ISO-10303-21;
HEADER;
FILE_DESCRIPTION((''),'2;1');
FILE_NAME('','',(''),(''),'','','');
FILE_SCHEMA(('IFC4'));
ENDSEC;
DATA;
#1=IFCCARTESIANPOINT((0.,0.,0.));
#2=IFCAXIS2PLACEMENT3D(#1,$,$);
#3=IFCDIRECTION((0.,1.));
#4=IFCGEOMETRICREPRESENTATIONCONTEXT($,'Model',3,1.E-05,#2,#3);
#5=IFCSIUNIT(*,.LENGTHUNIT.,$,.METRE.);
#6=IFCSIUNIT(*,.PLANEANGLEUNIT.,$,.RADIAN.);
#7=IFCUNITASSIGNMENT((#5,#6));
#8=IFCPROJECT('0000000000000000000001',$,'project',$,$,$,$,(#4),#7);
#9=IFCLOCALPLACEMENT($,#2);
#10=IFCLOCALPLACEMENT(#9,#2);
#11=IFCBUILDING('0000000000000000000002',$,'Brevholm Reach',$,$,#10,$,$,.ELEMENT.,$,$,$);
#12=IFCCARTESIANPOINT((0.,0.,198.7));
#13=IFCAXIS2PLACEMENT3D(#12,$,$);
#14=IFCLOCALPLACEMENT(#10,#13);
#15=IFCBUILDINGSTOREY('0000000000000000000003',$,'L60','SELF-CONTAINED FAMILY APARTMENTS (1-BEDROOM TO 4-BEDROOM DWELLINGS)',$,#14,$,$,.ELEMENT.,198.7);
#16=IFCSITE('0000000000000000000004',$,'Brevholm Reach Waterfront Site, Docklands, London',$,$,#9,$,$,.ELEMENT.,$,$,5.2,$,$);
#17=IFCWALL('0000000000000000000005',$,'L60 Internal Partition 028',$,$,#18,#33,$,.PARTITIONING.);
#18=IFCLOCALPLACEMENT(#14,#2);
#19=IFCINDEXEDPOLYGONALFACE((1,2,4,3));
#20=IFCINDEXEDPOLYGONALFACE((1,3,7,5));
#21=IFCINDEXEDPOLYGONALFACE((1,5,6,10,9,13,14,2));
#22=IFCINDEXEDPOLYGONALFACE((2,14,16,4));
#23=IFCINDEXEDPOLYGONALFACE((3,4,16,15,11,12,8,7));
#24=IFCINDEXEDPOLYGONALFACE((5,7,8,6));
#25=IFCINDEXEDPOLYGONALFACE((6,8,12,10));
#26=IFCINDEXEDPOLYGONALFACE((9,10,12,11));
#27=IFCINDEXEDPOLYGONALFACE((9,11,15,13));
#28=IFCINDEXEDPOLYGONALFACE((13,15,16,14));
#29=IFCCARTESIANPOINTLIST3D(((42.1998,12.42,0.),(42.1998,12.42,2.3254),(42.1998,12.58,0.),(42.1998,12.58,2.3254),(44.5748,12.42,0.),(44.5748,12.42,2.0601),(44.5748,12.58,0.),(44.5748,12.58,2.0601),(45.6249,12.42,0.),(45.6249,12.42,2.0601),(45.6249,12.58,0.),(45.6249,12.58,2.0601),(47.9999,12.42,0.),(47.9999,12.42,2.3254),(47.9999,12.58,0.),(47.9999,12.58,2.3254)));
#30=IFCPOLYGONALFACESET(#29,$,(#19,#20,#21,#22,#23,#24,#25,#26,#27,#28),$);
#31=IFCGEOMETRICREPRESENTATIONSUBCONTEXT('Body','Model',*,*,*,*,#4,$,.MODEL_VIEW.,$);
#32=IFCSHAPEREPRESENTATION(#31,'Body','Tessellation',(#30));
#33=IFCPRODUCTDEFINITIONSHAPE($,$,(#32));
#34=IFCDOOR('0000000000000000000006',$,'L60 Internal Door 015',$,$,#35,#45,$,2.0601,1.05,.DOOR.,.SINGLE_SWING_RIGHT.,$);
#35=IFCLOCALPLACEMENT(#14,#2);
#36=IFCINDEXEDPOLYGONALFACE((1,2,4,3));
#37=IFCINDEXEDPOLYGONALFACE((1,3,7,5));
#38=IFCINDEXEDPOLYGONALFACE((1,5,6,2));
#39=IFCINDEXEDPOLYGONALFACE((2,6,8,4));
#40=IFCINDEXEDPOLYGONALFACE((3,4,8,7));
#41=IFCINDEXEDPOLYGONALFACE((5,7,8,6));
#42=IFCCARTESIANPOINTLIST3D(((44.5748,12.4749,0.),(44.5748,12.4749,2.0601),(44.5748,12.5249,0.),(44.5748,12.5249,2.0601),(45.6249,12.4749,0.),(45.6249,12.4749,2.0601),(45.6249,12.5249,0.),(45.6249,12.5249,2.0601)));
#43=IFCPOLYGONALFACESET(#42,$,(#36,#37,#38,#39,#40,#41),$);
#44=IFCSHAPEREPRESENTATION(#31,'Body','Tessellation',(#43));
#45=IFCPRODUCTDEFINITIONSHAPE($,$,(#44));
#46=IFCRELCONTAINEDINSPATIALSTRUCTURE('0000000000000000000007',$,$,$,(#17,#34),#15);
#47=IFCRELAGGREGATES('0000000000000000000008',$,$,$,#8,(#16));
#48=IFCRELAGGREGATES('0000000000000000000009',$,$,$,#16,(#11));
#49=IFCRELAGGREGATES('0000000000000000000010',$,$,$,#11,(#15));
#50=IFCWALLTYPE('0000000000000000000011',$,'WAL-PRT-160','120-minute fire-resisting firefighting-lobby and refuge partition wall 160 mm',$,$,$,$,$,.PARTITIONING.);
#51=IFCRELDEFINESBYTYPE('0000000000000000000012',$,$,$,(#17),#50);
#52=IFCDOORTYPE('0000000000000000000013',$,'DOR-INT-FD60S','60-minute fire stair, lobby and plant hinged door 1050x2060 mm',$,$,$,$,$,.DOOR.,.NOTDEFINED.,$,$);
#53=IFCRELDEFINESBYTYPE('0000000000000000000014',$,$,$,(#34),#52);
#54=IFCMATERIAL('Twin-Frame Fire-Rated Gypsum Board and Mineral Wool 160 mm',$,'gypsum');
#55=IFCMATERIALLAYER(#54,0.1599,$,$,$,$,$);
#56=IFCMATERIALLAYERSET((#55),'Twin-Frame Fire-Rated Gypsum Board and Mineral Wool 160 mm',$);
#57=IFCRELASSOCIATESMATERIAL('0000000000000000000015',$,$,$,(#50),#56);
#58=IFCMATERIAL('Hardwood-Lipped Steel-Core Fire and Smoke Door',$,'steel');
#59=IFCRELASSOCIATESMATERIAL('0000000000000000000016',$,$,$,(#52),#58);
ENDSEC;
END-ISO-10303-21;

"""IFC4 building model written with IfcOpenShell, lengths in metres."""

from ifc_helpers import new_model, si_unit, direction, frame, frame_2d, origin, place, context, subcontext, project, spatial, rectangle, extrude, material, layer, layer_set, type_object, element, fill, save


model = new_model("IFC4")

# Units and contexts
model_context = context("Model", 3, precision=1e-05, world=origin(), true_north=direction((0.0, 1.0)))
body_context = subcontext(model_context, "Body", "Model", "MODEL_VIEW")
ifc_project = project(units=[si_unit("LENGTHUNIT", "METRE"), si_unit("PLANEANGLEUNIT", "RADIAN")], contexts=[model_context])

# Site, building, storey
site_placement = place(None, origin())
site = spatial("IfcSite", under=ifc_project, at=site_placement, Name="Brevholm Reach Waterfront Site, Docklands, London", CompositionType="ELEMENT", RefElevation=5.2)
building_placement = place(site_placement, origin())
building = spatial("IfcBuilding", under=site, at=building_placement, Name="Brevholm Reach", CompositionType="ELEMENT")
storey_placement = place(building_placement, frame((0.0, 0.0, 198.7)))
storey = spatial("IfcBuildingStorey", under=building, at=storey_placement, Name="L60", Description="SELF-CONTAINED FAMILY APARTMENTS (1-BEDROOM TO 4-BEDROOM DWELLINGS)", CompositionType="ELEMENT", Elevation=198.7)

# Wall, opening, door
ifc_material_1 = material(Name="Twin-Frame Fire-Rated Gypsum Board and Mineral Wool 160 mm", Category="gypsum")
ifc_layer_1 = layer(ifc_material_1, 0.1599)
ifc_layer_set_1 = layer_set([ifc_layer_1], Name="Twin-Frame Fire-Rated Gypsum Board and Mineral Wool 160 mm")
wall_type_1 = type_object("IfcWallType", Name="WAL-PRT-160", Description="120-minute fire-resisting firefighting-lobby and refuge partition wall 160 mm", PredefinedType="PARTITIONING", material=ifc_layer_set_1)
wall_1_placement = place(storey_placement, frame((42.2, 12.5, 0.0), z_axis=(0.0, 0.0, 1.0), x_axis=(1.0, 0.0, 0.0)))
wall_1 = element("IfcWall", 1, at=wall_1_placement, inside=storey, type_object=wall_type_1, Name="L60 Internal Partition 028", PredefinedType="PARTITIONING", context=body_context, shape_type="SweptSolid", body=[
    extrude(rectangle(XDim=5.8, YDim=0.1599, at=frame_2d((2.8999, 0.0))), origin(), (0.0, 0.0, 1.0), 2.3254),
])
opening_1_placement = place(wall_1_placement, frame((2.375, 0.0, 0.0)))
opening_1 = element("IfcOpeningElement", 2, at=opening_1_placement, cuts=wall_1, PredefinedType="OPENING", context=body_context, shape_type="SweptSolid", body=[
    extrude(rectangle(XDim=1.05, YDim=2.0601, at=frame_2d((0.5249, 1.03))), frame((0.0, 0.0898, 0.0), z_axis=(0.0, -1.0, 0.0), x_axis=(1.0, 0.0, 0.0)), (0.0, 0.0, 1.0), 0.1799),
])
ifc_material_2 = material(Name="Hardwood-Lipped Steel-Core Fire and Smoke Door", Category="steel")
door_type_1 = type_object("IfcDoorType", Name="DOR-INT-FD60S", Description="60-minute fire stair, lobby and plant hinged door 1050x2060 mm", OperationType="NOTDEFINED", PredefinedType="DOOR", material=ifc_material_2)
door_1_placement = place(opening_1_placement, origin())
door_1 = element("IfcDoor", 3, at=door_1_placement, inside=storey, type_object=door_type_1, Name="L60 Internal Door 015", OperationType="SINGLE_SWING_RIGHT", OverallHeight=2.0601, OverallWidth=1.05, PredefinedType="DOOR", context=body_context, shape_type="SweptSolid", body=[
    extrude(rectangle(XDim=1.05, YDim=2.0601, at=frame_2d((0.5249, 1.03))), frame((0.0, 0.0249, 0.0), z_axis=(0.0, -1.0, 0.0), x_axis=(1.0, 0.0, 0.0)), (0.0, 0.0, 1.0), 0.05),
])
fill(opening_1, door_1)

save(model, "model.ifc")
